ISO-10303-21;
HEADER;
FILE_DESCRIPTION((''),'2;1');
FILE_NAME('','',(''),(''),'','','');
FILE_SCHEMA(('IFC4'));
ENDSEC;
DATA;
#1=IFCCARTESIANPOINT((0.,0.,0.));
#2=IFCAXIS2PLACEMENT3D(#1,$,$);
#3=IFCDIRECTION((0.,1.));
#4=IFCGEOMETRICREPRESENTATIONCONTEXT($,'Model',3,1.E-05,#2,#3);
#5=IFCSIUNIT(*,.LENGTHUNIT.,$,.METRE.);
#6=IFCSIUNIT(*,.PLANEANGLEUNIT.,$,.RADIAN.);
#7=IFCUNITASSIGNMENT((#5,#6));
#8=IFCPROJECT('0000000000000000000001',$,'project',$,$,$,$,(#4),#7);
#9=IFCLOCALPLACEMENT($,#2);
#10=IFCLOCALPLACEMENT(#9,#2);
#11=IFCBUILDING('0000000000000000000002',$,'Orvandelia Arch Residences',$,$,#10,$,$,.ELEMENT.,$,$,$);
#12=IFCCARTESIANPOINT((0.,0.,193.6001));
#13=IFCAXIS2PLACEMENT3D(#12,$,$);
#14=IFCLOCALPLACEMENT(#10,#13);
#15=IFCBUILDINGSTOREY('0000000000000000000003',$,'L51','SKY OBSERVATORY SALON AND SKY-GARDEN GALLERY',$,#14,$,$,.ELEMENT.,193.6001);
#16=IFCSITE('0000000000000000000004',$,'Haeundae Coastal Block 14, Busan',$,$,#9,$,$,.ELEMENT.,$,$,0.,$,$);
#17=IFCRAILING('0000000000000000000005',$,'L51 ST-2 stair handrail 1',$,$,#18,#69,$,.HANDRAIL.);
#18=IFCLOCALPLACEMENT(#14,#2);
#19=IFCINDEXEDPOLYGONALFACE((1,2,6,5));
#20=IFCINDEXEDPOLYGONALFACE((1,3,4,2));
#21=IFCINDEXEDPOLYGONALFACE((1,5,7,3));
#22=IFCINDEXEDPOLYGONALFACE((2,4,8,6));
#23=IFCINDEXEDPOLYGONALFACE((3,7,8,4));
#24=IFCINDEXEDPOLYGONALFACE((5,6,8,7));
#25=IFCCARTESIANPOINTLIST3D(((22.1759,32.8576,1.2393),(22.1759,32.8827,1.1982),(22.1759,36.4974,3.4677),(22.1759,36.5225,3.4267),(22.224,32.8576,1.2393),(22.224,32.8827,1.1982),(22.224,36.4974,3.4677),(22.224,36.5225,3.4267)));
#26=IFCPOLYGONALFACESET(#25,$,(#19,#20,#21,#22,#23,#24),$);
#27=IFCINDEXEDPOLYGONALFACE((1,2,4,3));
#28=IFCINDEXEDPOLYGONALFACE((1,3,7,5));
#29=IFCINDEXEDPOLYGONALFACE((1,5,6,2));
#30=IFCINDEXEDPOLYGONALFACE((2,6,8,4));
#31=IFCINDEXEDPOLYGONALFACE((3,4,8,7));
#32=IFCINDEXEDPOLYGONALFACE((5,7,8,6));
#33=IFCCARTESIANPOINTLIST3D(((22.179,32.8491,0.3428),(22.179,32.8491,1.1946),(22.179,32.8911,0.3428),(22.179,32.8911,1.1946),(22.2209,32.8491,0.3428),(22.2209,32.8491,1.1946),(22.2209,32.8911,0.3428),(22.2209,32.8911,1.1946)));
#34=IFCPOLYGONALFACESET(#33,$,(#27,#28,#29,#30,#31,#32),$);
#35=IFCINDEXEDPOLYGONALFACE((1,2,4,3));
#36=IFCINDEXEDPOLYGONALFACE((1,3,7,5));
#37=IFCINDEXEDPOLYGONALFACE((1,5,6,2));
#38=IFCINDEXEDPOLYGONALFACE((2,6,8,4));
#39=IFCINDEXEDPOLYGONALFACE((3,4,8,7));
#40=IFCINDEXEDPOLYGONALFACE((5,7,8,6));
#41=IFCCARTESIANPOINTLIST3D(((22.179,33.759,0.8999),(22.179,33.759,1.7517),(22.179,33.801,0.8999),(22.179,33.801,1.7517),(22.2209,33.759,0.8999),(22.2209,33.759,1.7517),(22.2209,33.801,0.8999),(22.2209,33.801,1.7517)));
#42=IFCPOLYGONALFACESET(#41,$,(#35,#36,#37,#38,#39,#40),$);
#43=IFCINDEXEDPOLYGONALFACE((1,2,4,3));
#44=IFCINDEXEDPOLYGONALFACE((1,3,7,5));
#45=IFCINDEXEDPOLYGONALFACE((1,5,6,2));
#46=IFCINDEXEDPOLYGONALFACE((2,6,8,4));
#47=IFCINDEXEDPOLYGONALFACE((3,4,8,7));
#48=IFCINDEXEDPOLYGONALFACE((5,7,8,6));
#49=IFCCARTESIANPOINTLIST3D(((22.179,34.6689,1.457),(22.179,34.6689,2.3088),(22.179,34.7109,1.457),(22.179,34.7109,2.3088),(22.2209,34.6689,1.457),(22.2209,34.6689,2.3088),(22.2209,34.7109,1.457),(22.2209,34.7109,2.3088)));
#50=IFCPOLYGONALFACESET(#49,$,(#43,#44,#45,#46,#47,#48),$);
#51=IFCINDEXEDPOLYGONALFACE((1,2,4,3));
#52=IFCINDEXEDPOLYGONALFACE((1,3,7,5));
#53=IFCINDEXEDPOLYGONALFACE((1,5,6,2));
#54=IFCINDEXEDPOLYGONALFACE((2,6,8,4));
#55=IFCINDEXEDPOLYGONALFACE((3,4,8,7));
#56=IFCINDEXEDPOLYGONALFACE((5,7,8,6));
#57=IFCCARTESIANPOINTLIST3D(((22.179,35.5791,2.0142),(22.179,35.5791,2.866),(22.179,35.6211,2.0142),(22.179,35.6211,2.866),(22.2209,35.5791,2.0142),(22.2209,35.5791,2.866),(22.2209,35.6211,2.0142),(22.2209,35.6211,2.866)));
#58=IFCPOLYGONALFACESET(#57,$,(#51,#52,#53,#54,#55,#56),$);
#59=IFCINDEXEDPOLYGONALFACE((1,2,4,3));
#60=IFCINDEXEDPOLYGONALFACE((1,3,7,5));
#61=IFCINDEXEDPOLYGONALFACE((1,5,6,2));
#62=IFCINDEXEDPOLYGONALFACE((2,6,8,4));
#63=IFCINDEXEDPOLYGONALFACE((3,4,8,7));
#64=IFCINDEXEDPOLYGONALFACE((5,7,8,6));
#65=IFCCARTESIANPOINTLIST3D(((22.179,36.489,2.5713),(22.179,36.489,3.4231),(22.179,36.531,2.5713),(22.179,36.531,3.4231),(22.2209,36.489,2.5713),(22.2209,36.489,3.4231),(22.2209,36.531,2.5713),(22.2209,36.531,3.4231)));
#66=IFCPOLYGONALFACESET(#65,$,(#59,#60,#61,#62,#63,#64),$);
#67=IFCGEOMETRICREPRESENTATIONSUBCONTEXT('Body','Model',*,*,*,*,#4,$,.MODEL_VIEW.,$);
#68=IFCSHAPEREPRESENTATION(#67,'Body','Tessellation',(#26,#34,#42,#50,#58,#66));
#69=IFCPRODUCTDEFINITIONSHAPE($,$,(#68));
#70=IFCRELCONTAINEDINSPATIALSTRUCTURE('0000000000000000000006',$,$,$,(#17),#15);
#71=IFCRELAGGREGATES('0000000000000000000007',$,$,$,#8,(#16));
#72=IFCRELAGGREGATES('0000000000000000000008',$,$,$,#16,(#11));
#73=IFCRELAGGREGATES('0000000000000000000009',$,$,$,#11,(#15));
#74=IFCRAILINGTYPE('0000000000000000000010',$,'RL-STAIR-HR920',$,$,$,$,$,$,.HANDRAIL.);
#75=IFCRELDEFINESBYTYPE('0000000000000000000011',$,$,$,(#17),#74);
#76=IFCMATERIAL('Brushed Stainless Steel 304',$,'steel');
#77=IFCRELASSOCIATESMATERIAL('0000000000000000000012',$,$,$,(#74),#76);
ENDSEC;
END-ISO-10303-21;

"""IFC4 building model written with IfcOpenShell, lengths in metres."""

from ifc_helpers import new_model, si_unit, direction, frame, origin, origin_2d, place, context, subcontext, project, spatial, rectangle, extrude, material, type_object, element, save


model = new_model("IFC4")

# Units and contexts
model_context = context("Model", 3, precision=1e-05, world=origin(), true_north=direction((0.0, 1.0)))
body_context = subcontext(model_context, "Body", "Model", "MODEL_VIEW")
ifc_project = project(units=[si_unit("LENGTHUNIT", "METRE"), si_unit("PLANEANGLEUNIT", "RADIAN")], contexts=[model_context])

# Site, building, storey
site_placement = place(None, origin())
site = spatial("IfcSite", under=ifc_project, at=site_placement, Name="Haeundae Coastal Block 14, Busan", CompositionType="ELEMENT", RefElevation=0.0)
building_placement = place(site_placement, origin())
building = spatial("IfcBuilding", under=site, at=building_placement, Name="Orvandelia Arch Residences", CompositionType="ELEMENT")
storey_placement = place(building_placement, frame((0.0, 0.0, 193.6001)))
storey = spatial("IfcBuildingStorey", under=building, at=storey_placement, Name="L51", Description="SKY OBSERVATORY SALON AND SKY-GARDEN GALLERY", CompositionType="ELEMENT", Elevation=193.6001)

# Railing
ifc_material_1 = material(Name="Brushed Stainless Steel 304", Category="steel")
railing_type_1 = type_object("IfcRailingType", Name="RL-STAIR-HR920", PredefinedType="HANDRAIL", material=ifc_material_1)
railing_1_placement = place(storey_placement, frame((22.2, 32.8701, 0.3428)))
element("IfcRailing", 1, at=railing_1_placement, inside=storey, type_object=railing_type_1, Name="L51 ST-2 stair handrail 1", PredefinedType="HANDRAIL", context=body_context, shape_type="SweptSolid", body=[
    extrude(rectangle(XDim=0.0481, YDim=0.0481, at=origin_2d()), frame((0.0, 0.0, 0.876), z_axis=(0.0, 0.85285, 0.522156), x_axis=(-1.0, 0.0, 0.0)), (0.0, 0.0, 1.0), 4.2678),
    extrude(rectangle(XDim=0.042, YDim=0.042, at=origin_2d()), origin(), (0.0, 0.0, 1.0), 0.8518),
    extrude(rectangle(XDim=0.042, YDim=0.042, at=origin_2d()), frame((0.0, 0.9099, 0.5571)), (0.0, 0.0, 1.0), 0.8518),
    extrude(rectangle(XDim=0.042, YDim=0.042, at=origin_2d()), frame((0.0, 1.8198, 1.1143)), (0.0, 0.0, 1.0), 0.8518),
    extrude(rectangle(XDim=0.042, YDim=0.042, at=origin_2d()), frame((0.0, 2.73, 1.6714)), (0.0, 0.0, 1.0), 0.8518),
    extrude(rectangle(XDim=0.042, YDim=0.042, at=origin_2d()), frame((0.0, 3.6399, 2.2285)), (0.0, 0.0, 1.0), 0.8518),
])

save(model, "model.ifc")
